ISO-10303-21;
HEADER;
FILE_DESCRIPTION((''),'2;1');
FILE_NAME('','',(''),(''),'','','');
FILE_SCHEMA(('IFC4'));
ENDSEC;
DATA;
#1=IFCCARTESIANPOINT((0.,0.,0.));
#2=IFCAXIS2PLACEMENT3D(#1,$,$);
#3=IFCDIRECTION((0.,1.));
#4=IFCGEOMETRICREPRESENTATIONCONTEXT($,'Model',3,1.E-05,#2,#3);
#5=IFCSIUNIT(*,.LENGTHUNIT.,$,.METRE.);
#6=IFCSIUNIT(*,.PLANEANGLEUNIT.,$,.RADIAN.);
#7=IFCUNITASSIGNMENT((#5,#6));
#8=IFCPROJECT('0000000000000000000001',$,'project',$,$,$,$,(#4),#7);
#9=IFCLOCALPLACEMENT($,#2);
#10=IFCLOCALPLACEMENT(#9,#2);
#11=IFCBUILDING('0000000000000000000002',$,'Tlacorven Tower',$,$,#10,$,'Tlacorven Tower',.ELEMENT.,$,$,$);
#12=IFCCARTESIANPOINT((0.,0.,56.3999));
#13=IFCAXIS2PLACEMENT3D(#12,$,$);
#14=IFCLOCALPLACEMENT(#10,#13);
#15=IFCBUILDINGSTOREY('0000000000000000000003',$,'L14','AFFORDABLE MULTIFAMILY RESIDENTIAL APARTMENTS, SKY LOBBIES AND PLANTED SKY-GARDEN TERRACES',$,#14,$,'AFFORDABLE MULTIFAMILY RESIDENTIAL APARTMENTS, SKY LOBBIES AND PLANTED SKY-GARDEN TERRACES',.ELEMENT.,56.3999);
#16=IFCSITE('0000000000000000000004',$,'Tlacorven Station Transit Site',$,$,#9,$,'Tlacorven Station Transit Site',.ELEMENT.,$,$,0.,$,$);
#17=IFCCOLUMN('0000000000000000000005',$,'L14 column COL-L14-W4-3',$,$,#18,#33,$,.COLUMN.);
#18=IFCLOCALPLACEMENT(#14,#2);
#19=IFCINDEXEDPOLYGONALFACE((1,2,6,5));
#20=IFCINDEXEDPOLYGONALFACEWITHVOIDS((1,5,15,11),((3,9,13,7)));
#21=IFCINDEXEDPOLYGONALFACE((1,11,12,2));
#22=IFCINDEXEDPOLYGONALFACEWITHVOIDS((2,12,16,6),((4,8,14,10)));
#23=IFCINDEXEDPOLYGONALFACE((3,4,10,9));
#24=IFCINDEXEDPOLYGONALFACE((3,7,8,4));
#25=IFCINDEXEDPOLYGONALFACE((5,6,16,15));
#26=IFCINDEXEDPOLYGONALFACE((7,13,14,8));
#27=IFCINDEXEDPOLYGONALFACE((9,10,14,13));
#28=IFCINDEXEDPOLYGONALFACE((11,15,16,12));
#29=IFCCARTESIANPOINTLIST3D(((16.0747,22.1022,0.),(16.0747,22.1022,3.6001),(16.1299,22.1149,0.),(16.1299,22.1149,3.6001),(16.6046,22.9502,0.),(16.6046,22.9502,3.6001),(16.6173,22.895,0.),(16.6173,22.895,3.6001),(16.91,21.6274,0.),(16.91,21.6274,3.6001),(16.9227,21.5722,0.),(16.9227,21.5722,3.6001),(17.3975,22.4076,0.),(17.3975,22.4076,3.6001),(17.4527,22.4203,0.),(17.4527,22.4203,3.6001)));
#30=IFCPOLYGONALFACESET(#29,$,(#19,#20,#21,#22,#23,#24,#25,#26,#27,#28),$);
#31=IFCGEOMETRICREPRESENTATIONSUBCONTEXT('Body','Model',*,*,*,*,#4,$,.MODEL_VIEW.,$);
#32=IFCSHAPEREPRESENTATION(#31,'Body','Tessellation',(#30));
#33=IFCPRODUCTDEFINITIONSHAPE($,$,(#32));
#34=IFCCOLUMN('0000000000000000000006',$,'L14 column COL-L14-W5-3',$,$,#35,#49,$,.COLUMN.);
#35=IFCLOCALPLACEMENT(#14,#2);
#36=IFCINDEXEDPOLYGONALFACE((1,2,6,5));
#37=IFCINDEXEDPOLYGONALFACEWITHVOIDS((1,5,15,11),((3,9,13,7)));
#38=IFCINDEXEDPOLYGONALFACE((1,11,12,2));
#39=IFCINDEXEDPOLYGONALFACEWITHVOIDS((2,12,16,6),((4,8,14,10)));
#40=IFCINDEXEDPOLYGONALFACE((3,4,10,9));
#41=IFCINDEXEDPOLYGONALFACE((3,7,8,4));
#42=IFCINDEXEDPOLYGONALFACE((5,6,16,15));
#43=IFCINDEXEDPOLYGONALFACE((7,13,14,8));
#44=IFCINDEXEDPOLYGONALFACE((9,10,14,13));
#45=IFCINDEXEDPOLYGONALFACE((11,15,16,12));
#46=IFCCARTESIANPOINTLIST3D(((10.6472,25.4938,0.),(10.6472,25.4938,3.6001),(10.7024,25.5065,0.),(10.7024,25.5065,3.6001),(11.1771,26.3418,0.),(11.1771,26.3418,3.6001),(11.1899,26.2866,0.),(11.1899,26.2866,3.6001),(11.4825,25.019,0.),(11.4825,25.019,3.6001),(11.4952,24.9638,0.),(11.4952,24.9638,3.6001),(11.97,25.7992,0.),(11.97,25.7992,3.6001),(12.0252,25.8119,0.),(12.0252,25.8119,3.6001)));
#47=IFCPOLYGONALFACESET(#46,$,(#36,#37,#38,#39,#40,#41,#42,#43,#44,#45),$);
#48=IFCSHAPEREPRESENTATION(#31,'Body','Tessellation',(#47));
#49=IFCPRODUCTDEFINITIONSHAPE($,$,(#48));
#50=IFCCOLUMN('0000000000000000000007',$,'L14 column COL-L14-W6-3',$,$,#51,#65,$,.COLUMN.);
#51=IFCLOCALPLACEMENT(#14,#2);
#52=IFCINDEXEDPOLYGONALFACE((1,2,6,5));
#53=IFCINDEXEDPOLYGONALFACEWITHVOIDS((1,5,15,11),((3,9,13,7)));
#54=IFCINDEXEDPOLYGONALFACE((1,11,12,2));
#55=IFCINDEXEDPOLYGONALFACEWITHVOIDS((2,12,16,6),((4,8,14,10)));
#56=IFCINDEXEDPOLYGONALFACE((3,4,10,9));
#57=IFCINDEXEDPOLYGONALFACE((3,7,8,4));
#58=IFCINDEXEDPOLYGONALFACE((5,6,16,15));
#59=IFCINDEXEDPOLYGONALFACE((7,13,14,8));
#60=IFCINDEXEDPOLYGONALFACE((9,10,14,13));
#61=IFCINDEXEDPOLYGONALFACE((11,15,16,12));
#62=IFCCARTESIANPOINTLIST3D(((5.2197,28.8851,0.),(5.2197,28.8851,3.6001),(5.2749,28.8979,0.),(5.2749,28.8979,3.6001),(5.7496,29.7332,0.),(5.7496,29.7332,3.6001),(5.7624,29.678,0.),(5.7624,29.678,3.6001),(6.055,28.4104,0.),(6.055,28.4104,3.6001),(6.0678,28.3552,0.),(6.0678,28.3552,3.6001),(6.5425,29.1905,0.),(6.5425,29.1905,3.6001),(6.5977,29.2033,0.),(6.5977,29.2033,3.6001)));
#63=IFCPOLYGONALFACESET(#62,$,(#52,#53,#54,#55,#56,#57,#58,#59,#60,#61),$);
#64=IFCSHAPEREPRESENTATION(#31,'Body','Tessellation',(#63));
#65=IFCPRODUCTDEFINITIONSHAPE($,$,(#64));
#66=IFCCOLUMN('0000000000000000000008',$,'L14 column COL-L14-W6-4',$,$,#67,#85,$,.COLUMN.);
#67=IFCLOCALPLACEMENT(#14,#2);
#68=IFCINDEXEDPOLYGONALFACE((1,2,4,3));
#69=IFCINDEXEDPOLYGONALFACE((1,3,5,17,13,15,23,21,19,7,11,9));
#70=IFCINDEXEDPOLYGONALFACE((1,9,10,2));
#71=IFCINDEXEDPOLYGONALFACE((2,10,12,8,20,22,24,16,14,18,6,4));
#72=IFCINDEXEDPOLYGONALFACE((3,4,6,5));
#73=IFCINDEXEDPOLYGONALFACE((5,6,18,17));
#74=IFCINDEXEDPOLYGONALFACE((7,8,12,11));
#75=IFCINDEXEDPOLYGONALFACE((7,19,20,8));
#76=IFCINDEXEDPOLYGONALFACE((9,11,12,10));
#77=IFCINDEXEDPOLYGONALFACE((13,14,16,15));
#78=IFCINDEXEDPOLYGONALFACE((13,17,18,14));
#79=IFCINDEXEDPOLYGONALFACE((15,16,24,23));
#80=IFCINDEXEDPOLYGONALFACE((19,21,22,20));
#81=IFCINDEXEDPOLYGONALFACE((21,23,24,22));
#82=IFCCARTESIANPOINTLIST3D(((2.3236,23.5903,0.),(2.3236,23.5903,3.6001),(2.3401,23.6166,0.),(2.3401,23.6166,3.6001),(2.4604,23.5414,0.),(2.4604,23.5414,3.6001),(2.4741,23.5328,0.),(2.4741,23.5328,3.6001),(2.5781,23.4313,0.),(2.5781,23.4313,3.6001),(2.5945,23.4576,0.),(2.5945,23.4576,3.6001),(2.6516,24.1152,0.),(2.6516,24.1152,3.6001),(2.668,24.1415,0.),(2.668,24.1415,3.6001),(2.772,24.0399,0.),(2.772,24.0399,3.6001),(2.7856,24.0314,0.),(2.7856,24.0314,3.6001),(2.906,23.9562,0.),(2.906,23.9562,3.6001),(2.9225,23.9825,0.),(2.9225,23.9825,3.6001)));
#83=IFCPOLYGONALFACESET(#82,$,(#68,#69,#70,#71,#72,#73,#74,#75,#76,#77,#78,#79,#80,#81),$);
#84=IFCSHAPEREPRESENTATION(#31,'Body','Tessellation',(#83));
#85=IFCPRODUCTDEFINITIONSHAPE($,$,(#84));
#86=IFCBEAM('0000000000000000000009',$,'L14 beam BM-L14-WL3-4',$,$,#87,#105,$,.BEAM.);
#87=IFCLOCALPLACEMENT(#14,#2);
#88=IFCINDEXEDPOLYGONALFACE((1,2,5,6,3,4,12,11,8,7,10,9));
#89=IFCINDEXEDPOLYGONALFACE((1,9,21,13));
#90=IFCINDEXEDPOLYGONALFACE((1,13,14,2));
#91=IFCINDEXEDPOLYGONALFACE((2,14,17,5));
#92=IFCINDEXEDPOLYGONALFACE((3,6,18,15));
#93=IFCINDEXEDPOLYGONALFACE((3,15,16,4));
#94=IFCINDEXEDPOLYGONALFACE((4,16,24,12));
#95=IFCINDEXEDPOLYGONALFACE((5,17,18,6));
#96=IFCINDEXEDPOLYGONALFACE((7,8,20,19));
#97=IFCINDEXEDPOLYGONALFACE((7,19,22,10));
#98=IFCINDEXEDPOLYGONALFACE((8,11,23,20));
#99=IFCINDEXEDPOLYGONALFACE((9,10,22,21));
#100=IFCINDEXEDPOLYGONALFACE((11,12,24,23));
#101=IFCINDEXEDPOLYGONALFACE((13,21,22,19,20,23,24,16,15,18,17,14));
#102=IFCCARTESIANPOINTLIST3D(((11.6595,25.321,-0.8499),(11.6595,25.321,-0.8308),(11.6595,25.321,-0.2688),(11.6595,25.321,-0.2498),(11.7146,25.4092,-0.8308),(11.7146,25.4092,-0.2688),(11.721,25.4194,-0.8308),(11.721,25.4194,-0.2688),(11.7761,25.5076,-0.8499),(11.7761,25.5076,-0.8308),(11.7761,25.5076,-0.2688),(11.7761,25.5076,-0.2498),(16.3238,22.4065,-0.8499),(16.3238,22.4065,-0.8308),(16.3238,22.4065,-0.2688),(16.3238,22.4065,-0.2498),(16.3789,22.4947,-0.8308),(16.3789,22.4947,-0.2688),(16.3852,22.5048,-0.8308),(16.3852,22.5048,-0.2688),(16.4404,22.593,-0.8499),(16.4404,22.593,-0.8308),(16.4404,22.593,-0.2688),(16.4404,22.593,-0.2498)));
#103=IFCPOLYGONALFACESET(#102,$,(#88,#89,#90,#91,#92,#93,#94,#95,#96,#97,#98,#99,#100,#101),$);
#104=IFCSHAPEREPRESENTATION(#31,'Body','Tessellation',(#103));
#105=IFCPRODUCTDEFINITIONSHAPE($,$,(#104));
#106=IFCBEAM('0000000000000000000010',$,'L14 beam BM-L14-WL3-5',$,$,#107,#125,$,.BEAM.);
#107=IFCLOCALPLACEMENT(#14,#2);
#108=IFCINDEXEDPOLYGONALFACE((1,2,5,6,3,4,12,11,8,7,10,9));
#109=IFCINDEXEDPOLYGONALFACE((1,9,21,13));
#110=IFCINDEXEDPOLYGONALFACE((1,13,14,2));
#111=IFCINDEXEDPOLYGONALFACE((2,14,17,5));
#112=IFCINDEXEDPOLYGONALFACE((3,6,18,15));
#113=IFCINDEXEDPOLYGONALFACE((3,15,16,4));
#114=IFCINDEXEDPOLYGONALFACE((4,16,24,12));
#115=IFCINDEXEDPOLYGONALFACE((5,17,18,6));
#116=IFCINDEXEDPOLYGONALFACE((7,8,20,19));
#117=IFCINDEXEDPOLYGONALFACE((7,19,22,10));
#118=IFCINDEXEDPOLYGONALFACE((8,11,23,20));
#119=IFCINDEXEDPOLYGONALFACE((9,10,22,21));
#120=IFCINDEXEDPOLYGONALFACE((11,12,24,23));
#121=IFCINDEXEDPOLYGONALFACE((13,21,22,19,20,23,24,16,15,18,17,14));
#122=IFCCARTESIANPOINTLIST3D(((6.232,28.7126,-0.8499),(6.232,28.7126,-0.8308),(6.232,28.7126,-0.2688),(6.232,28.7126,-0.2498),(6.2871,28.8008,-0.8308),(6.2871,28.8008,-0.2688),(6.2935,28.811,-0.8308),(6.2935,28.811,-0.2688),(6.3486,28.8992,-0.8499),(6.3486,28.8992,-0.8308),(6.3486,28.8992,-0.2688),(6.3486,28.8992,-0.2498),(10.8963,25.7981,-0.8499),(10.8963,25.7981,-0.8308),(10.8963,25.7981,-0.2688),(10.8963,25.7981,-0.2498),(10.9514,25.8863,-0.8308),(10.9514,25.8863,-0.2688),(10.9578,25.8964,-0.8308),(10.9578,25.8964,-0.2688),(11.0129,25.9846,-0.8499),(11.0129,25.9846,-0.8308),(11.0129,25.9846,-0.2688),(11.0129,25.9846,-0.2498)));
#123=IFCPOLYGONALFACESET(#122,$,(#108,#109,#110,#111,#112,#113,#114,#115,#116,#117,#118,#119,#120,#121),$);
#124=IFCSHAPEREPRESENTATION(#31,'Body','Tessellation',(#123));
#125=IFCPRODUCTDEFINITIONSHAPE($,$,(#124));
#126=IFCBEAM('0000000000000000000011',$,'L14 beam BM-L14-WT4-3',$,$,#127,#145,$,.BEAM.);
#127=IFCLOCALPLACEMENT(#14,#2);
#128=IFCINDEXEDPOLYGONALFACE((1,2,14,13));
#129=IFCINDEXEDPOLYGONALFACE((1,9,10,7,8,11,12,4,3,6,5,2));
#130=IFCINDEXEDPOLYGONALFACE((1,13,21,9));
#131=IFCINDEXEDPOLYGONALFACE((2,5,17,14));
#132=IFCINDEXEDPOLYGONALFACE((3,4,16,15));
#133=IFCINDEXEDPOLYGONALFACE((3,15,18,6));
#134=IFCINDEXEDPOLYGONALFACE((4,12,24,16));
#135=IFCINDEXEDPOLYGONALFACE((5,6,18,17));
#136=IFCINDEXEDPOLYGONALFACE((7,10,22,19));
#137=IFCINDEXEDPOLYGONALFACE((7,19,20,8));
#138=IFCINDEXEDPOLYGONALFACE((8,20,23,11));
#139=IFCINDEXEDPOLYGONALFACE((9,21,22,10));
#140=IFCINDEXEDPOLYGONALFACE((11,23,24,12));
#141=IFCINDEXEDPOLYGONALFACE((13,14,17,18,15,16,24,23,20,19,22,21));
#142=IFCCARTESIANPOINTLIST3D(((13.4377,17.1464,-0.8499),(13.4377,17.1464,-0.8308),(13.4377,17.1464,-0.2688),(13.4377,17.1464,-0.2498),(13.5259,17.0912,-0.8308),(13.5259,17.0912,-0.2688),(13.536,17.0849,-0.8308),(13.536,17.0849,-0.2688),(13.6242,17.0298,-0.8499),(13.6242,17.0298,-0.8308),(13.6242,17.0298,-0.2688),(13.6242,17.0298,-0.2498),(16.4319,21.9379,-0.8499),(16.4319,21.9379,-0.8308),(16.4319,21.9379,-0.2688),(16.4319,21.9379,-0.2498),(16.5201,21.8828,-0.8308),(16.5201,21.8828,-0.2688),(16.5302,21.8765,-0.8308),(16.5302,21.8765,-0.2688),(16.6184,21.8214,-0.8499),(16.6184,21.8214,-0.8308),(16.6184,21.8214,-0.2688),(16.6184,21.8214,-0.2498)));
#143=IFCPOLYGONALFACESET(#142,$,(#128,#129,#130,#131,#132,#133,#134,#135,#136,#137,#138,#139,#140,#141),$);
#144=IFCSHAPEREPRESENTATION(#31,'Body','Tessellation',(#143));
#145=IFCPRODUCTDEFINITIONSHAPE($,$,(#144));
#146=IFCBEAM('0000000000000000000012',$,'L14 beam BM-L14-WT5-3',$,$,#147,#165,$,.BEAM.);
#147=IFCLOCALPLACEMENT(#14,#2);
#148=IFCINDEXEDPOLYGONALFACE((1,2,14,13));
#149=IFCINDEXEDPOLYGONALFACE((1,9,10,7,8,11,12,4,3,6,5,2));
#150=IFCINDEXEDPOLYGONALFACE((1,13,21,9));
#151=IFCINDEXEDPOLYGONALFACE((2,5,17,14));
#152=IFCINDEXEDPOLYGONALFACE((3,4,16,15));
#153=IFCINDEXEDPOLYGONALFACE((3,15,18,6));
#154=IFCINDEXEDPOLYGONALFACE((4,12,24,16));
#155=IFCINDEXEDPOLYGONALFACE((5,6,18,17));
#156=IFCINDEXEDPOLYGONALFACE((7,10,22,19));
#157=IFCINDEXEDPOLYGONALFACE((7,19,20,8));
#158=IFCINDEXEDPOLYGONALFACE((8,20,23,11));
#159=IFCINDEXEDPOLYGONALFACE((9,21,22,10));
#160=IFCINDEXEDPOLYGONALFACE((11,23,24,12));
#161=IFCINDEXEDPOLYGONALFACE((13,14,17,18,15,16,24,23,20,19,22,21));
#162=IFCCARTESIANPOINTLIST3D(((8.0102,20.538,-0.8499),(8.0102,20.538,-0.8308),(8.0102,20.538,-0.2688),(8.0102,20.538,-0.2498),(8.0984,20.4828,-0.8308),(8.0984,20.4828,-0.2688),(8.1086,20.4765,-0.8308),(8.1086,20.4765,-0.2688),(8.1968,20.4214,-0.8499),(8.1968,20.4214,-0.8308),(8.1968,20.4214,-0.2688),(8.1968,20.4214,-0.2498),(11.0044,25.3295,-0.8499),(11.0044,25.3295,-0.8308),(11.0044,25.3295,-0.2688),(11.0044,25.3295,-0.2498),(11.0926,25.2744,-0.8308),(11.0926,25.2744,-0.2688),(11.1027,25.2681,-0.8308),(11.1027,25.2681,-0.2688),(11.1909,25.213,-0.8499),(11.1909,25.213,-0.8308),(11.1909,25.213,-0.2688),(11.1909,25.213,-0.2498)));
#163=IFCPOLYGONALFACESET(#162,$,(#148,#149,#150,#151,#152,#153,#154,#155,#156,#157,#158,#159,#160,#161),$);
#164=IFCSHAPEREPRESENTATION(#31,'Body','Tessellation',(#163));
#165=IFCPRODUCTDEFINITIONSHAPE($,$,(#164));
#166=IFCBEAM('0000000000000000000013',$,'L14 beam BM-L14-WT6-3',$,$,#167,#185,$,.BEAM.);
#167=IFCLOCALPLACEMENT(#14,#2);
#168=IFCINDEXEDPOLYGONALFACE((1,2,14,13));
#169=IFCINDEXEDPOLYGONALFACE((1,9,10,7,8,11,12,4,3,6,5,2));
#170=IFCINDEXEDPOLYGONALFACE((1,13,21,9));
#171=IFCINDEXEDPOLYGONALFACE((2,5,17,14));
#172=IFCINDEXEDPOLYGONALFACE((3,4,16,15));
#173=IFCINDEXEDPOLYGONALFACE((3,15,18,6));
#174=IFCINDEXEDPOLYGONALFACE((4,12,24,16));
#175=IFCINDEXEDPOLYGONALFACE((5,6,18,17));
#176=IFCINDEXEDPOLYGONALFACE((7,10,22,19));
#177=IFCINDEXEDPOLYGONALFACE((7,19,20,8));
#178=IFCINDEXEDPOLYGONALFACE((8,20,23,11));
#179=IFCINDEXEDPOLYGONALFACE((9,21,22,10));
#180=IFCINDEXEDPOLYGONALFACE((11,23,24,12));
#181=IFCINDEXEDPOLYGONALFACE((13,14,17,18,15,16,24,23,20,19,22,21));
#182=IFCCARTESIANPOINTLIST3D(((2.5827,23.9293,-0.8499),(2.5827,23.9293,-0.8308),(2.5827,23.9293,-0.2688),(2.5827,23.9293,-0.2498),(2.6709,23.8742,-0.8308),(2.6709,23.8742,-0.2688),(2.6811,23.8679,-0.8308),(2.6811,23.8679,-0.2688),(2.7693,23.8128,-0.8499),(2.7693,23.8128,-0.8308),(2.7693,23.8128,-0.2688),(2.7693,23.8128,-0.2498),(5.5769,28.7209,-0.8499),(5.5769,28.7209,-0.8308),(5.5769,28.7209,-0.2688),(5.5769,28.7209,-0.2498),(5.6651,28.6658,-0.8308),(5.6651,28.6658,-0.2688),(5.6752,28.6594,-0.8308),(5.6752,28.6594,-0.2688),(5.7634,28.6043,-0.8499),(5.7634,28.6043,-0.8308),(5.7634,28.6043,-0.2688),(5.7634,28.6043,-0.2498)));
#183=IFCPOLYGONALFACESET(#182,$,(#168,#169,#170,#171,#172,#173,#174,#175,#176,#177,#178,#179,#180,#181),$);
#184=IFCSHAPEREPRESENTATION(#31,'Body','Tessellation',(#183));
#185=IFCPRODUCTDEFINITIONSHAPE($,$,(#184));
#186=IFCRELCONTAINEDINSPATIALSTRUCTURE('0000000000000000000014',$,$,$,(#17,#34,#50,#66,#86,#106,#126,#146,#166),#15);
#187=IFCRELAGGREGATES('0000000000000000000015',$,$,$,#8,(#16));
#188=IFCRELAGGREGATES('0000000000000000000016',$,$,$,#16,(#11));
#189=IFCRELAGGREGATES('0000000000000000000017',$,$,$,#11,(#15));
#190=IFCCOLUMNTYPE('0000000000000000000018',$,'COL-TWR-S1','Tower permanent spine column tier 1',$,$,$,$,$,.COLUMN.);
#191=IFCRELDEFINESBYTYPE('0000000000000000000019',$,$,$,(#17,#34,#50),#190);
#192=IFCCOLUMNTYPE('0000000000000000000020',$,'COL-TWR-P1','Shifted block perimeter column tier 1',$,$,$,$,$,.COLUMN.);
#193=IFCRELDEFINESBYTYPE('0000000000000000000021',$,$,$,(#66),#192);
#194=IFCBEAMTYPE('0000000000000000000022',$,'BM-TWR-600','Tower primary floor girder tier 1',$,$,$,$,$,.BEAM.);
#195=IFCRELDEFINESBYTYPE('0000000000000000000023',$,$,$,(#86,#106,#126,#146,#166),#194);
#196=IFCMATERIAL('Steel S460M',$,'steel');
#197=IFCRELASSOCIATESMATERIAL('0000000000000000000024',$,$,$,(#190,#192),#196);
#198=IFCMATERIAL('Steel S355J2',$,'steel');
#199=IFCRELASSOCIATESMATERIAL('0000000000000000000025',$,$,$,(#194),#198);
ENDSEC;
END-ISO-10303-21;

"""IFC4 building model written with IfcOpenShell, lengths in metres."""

from ifc_helpers import new_model, si_unit, direction, frame, origin, origin_2d, place, context, subcontext, project, spatial, hollow_rectangle, i_section, extrude, source, transform, mapped, material, material_profile, profile_set, type_object, element, save


model = new_model("IFC4")

# Units and contexts
model_context = context("Model", 3, precision=1e-05, world=origin(), true_north=direction((0.0, 1.0)))
body_context = subcontext(model_context, "Body", "Model", "MODEL_VIEW")
ifc_project = project(units=[si_unit("LENGTHUNIT", "METRE"), si_unit("PLANEANGLEUNIT", "RADIAN")], contexts=[model_context])

# Site, building, storey
site_placement = place(None, origin())
site = spatial("IfcSite", under=ifc_project, at=site_placement, Name="Tlacorven Station Transit Site", LongName="Tlacorven Station Transit Site", CompositionType="ELEMENT", RefElevation=0.0)
building_placement = place(site_placement, origin())
building = spatial("IfcBuilding", under=site, at=building_placement, Name="Tlacorven Tower", LongName="Tlacorven Tower", CompositionType="ELEMENT")
storey_placement = place(building_placement, frame((0.0, 0.0, 56.3999)))
storey = spatial("IfcBuildingStorey", under=building, at=storey_placement, Name="L14", Description="AFFORDABLE MULTIFAMILY RESIDENTIAL APARTMENTS, SKY LOBBIES AND PLANTED SKY-GARDEN TERRACES", LongName="AFFORDABLE MULTIFAMILY RESIDENTIAL APARTMENTS, SKY LOBBIES AND PLANTED SKY-GARDEN TERRACES", CompositionType="ELEMENT", Elevation=56.3999)

# Columns
ifc_material_1 = material(Name="Steel S460M", Category="steel")
ifc_material_profile_1 = material_profile(ifc_material_1, hollow_rectangle(XDim=1.0, YDim=1.0, WallThickness=0.04, at=origin_2d()), Name="BOX 1000X1000X40")
ifc_profile_set_1 = profile_set([ifc_material_profile_1], Name="Steel S460M")
column_type_1 = type_object("IfcColumnType", Name="COL-TWR-S1", Description="Tower permanent spine column tier 1", PredefinedType="COLUMN", material=ifc_profile_set_1)
shared_shape_1 = source(origin(), body_context, "Body", "SweptSolid", [
    extrude(hollow_rectangle(XDim=1.0, YDim=1.0, WallThickness=0.04, at=origin_2d()), origin(), (0.0, 0.0, 1.0), 3.6001),
])
for number, where, z_axis, x_axis, name in (
    (1, (16.7637, 22.2612, 0.0), (0.0, 0.0, 1.0), (-0.848048, 0.529919, 0.0), "L14 column COL-L14-W4-3"),
    (2, (11.3362, 25.6528, 0.0), (0.0, 0.0, 1.0), (-0.848048, 0.529919, 0.0), "L14 column COL-L14-W5-3"),
    (3, (5.9087, 29.0442, 0.0), (0.0, 0.0, 1.0), (-0.848048, 0.529919, 0.0), "L14 column COL-L14-W6-3"),
):
    element("IfcColumn", number, at=place(storey_placement, frame(where, z_axis=z_axis, x_axis=x_axis)), inside=storey, type_object=column_type_1, Name=name, PredefinedType="COLUMN", context=body_context, shape_type="MappedRepresentation", body=[
        mapped(shared_shape_1, transform((0.0, 0.0, 0.0), scale=1.0)),
    ])
ifc_material_profile_2 = material_profile(ifc_material_1, i_section(OverallWidth=0.3, OverallDepth=0.6499, WebThickness=0.0161, FlangeThickness=0.031, at=origin_2d()), Name="HEB 650")
ifc_profile_set_2 = profile_set([ifc_material_profile_2], Name="Steel S460M")
column_type_2 = type_object("IfcColumnType", Name="COL-TWR-P1", Description="Shifted block perimeter column tier 1", PredefinedType="COLUMN", material=ifc_profile_set_2)
shared_shape_2 = source(origin(), body_context, "Body", "SweptSolid", [
    extrude(i_section(OverallWidth=0.3, OverallDepth=0.6499, WebThickness=0.0161, FlangeThickness=0.031, at=origin_2d()), origin(), (0.0, 0.0, 1.0), 3.6001),
])
column_placement = place(storey_placement, frame((2.623, 23.7864, 0.0), z_axis=(0.0, 0.0, 1.0), x_axis=(-0.848048, 0.529919, 0.0)))
element("IfcColumn", 4, at=column_placement, inside=storey, type_object=column_type_2, Name="L14 column COL-L14-W6-4", PredefinedType="COLUMN", context=body_context, shape_type="MappedRepresentation", body=[
    mapped(shared_shape_2, transform((0.0, 0.0, 0.0), scale=1.0)),
])

# Beams
ifc_material_2 = material(Name="Steel S355J2", Category="steel")
ifc_material_profile_3 = material_profile(ifc_material_2, i_section(OverallWidth=0.22, OverallDepth=0.6001, WebThickness=0.012, FlangeThickness=0.019, at=origin_2d()), Name="IPE 600")
ifc_profile_set_3 = profile_set([ifc_material_profile_3], Name="Steel S355J2")
beam_type_1 = type_object("IfcBeamType", Name="BM-TWR-600", Description="Tower primary floor girder tier 1", PredefinedType="BEAM", material=ifc_profile_set_3)
shared_shape_3 = source(origin(), body_context, "Body", "SweptSolid", [
    extrude(i_section(OverallWidth=0.22, OverallDepth=0.6001, WebThickness=0.012, FlangeThickness=0.019, at=origin_2d()), origin(), (0.0, 0.0, 1.0), 5.5),
])
for number, where, z_axis, x_axis, name in (
    (5, (16.3821, 22.4998, -0.5498), (-0.848051, 0.529915, 0.0), (-0.529915, -0.848051, 0.0), "L14 beam BM-L14-WL3-4"),
    (6, (10.9546, 25.8914, -0.5498), (-0.848051, 0.529915, 0.0), (-0.529915, -0.848051, 0.0), "L14 beam BM-L14-WL3-5"),
):
    element("IfcBeam", number, at=place(storey_placement, frame(where, z_axis=z_axis, x_axis=x_axis)), inside=storey, type_object=beam_type_1, Name=name, PredefinedType="BEAM", context=body_context, shape_type="MappedRepresentation", body=[
        mapped(shared_shape_3, transform((0.0, 0.0, 0.0), scale=1.0)),
    ])
shared_shape_4 = source(origin(), body_context, "Body", "SweptSolid", [
    extrude(i_section(OverallWidth=0.22, OverallDepth=0.6001, WebThickness=0.012, FlangeThickness=0.019, at=origin_2d()), origin(), (0.0, 0.0, 1.0), 5.6501),
])
for number, where, z_axis, x_axis, name in (
    (7, (16.5251, 21.8796, -0.5498), (-0.529929, -0.848042, 0.0), (0.848042, -0.529929, 0.0), "L14 beam BM-L14-WT4-3"),
    (8, (11.0977, 25.2712, -0.5498), (-0.529929, -0.848042, 0.0), (0.848042, -0.529929, 0.0), "L14 beam BM-L14-WT5-3"),
    (9, (5.6702, 28.6626, -0.5498), (-0.529929, -0.848042, 0.0), (0.848042, -0.529929, 0.0), "L14 beam BM-L14-WT6-3"),
):
    element("IfcBeam", number, at=place(storey_placement, frame(where, z_axis=z_axis, x_axis=x_axis)), inside=storey, type_object=beam_type_1, Name=name, PredefinedType="BEAM", context=body_context, shape_type="MappedRepresentation", body=[
        mapped(shared_shape_4, transform((0.0, 0.0, 0.0), scale=1.0)),
    ])

save(model, "model.ifc")
